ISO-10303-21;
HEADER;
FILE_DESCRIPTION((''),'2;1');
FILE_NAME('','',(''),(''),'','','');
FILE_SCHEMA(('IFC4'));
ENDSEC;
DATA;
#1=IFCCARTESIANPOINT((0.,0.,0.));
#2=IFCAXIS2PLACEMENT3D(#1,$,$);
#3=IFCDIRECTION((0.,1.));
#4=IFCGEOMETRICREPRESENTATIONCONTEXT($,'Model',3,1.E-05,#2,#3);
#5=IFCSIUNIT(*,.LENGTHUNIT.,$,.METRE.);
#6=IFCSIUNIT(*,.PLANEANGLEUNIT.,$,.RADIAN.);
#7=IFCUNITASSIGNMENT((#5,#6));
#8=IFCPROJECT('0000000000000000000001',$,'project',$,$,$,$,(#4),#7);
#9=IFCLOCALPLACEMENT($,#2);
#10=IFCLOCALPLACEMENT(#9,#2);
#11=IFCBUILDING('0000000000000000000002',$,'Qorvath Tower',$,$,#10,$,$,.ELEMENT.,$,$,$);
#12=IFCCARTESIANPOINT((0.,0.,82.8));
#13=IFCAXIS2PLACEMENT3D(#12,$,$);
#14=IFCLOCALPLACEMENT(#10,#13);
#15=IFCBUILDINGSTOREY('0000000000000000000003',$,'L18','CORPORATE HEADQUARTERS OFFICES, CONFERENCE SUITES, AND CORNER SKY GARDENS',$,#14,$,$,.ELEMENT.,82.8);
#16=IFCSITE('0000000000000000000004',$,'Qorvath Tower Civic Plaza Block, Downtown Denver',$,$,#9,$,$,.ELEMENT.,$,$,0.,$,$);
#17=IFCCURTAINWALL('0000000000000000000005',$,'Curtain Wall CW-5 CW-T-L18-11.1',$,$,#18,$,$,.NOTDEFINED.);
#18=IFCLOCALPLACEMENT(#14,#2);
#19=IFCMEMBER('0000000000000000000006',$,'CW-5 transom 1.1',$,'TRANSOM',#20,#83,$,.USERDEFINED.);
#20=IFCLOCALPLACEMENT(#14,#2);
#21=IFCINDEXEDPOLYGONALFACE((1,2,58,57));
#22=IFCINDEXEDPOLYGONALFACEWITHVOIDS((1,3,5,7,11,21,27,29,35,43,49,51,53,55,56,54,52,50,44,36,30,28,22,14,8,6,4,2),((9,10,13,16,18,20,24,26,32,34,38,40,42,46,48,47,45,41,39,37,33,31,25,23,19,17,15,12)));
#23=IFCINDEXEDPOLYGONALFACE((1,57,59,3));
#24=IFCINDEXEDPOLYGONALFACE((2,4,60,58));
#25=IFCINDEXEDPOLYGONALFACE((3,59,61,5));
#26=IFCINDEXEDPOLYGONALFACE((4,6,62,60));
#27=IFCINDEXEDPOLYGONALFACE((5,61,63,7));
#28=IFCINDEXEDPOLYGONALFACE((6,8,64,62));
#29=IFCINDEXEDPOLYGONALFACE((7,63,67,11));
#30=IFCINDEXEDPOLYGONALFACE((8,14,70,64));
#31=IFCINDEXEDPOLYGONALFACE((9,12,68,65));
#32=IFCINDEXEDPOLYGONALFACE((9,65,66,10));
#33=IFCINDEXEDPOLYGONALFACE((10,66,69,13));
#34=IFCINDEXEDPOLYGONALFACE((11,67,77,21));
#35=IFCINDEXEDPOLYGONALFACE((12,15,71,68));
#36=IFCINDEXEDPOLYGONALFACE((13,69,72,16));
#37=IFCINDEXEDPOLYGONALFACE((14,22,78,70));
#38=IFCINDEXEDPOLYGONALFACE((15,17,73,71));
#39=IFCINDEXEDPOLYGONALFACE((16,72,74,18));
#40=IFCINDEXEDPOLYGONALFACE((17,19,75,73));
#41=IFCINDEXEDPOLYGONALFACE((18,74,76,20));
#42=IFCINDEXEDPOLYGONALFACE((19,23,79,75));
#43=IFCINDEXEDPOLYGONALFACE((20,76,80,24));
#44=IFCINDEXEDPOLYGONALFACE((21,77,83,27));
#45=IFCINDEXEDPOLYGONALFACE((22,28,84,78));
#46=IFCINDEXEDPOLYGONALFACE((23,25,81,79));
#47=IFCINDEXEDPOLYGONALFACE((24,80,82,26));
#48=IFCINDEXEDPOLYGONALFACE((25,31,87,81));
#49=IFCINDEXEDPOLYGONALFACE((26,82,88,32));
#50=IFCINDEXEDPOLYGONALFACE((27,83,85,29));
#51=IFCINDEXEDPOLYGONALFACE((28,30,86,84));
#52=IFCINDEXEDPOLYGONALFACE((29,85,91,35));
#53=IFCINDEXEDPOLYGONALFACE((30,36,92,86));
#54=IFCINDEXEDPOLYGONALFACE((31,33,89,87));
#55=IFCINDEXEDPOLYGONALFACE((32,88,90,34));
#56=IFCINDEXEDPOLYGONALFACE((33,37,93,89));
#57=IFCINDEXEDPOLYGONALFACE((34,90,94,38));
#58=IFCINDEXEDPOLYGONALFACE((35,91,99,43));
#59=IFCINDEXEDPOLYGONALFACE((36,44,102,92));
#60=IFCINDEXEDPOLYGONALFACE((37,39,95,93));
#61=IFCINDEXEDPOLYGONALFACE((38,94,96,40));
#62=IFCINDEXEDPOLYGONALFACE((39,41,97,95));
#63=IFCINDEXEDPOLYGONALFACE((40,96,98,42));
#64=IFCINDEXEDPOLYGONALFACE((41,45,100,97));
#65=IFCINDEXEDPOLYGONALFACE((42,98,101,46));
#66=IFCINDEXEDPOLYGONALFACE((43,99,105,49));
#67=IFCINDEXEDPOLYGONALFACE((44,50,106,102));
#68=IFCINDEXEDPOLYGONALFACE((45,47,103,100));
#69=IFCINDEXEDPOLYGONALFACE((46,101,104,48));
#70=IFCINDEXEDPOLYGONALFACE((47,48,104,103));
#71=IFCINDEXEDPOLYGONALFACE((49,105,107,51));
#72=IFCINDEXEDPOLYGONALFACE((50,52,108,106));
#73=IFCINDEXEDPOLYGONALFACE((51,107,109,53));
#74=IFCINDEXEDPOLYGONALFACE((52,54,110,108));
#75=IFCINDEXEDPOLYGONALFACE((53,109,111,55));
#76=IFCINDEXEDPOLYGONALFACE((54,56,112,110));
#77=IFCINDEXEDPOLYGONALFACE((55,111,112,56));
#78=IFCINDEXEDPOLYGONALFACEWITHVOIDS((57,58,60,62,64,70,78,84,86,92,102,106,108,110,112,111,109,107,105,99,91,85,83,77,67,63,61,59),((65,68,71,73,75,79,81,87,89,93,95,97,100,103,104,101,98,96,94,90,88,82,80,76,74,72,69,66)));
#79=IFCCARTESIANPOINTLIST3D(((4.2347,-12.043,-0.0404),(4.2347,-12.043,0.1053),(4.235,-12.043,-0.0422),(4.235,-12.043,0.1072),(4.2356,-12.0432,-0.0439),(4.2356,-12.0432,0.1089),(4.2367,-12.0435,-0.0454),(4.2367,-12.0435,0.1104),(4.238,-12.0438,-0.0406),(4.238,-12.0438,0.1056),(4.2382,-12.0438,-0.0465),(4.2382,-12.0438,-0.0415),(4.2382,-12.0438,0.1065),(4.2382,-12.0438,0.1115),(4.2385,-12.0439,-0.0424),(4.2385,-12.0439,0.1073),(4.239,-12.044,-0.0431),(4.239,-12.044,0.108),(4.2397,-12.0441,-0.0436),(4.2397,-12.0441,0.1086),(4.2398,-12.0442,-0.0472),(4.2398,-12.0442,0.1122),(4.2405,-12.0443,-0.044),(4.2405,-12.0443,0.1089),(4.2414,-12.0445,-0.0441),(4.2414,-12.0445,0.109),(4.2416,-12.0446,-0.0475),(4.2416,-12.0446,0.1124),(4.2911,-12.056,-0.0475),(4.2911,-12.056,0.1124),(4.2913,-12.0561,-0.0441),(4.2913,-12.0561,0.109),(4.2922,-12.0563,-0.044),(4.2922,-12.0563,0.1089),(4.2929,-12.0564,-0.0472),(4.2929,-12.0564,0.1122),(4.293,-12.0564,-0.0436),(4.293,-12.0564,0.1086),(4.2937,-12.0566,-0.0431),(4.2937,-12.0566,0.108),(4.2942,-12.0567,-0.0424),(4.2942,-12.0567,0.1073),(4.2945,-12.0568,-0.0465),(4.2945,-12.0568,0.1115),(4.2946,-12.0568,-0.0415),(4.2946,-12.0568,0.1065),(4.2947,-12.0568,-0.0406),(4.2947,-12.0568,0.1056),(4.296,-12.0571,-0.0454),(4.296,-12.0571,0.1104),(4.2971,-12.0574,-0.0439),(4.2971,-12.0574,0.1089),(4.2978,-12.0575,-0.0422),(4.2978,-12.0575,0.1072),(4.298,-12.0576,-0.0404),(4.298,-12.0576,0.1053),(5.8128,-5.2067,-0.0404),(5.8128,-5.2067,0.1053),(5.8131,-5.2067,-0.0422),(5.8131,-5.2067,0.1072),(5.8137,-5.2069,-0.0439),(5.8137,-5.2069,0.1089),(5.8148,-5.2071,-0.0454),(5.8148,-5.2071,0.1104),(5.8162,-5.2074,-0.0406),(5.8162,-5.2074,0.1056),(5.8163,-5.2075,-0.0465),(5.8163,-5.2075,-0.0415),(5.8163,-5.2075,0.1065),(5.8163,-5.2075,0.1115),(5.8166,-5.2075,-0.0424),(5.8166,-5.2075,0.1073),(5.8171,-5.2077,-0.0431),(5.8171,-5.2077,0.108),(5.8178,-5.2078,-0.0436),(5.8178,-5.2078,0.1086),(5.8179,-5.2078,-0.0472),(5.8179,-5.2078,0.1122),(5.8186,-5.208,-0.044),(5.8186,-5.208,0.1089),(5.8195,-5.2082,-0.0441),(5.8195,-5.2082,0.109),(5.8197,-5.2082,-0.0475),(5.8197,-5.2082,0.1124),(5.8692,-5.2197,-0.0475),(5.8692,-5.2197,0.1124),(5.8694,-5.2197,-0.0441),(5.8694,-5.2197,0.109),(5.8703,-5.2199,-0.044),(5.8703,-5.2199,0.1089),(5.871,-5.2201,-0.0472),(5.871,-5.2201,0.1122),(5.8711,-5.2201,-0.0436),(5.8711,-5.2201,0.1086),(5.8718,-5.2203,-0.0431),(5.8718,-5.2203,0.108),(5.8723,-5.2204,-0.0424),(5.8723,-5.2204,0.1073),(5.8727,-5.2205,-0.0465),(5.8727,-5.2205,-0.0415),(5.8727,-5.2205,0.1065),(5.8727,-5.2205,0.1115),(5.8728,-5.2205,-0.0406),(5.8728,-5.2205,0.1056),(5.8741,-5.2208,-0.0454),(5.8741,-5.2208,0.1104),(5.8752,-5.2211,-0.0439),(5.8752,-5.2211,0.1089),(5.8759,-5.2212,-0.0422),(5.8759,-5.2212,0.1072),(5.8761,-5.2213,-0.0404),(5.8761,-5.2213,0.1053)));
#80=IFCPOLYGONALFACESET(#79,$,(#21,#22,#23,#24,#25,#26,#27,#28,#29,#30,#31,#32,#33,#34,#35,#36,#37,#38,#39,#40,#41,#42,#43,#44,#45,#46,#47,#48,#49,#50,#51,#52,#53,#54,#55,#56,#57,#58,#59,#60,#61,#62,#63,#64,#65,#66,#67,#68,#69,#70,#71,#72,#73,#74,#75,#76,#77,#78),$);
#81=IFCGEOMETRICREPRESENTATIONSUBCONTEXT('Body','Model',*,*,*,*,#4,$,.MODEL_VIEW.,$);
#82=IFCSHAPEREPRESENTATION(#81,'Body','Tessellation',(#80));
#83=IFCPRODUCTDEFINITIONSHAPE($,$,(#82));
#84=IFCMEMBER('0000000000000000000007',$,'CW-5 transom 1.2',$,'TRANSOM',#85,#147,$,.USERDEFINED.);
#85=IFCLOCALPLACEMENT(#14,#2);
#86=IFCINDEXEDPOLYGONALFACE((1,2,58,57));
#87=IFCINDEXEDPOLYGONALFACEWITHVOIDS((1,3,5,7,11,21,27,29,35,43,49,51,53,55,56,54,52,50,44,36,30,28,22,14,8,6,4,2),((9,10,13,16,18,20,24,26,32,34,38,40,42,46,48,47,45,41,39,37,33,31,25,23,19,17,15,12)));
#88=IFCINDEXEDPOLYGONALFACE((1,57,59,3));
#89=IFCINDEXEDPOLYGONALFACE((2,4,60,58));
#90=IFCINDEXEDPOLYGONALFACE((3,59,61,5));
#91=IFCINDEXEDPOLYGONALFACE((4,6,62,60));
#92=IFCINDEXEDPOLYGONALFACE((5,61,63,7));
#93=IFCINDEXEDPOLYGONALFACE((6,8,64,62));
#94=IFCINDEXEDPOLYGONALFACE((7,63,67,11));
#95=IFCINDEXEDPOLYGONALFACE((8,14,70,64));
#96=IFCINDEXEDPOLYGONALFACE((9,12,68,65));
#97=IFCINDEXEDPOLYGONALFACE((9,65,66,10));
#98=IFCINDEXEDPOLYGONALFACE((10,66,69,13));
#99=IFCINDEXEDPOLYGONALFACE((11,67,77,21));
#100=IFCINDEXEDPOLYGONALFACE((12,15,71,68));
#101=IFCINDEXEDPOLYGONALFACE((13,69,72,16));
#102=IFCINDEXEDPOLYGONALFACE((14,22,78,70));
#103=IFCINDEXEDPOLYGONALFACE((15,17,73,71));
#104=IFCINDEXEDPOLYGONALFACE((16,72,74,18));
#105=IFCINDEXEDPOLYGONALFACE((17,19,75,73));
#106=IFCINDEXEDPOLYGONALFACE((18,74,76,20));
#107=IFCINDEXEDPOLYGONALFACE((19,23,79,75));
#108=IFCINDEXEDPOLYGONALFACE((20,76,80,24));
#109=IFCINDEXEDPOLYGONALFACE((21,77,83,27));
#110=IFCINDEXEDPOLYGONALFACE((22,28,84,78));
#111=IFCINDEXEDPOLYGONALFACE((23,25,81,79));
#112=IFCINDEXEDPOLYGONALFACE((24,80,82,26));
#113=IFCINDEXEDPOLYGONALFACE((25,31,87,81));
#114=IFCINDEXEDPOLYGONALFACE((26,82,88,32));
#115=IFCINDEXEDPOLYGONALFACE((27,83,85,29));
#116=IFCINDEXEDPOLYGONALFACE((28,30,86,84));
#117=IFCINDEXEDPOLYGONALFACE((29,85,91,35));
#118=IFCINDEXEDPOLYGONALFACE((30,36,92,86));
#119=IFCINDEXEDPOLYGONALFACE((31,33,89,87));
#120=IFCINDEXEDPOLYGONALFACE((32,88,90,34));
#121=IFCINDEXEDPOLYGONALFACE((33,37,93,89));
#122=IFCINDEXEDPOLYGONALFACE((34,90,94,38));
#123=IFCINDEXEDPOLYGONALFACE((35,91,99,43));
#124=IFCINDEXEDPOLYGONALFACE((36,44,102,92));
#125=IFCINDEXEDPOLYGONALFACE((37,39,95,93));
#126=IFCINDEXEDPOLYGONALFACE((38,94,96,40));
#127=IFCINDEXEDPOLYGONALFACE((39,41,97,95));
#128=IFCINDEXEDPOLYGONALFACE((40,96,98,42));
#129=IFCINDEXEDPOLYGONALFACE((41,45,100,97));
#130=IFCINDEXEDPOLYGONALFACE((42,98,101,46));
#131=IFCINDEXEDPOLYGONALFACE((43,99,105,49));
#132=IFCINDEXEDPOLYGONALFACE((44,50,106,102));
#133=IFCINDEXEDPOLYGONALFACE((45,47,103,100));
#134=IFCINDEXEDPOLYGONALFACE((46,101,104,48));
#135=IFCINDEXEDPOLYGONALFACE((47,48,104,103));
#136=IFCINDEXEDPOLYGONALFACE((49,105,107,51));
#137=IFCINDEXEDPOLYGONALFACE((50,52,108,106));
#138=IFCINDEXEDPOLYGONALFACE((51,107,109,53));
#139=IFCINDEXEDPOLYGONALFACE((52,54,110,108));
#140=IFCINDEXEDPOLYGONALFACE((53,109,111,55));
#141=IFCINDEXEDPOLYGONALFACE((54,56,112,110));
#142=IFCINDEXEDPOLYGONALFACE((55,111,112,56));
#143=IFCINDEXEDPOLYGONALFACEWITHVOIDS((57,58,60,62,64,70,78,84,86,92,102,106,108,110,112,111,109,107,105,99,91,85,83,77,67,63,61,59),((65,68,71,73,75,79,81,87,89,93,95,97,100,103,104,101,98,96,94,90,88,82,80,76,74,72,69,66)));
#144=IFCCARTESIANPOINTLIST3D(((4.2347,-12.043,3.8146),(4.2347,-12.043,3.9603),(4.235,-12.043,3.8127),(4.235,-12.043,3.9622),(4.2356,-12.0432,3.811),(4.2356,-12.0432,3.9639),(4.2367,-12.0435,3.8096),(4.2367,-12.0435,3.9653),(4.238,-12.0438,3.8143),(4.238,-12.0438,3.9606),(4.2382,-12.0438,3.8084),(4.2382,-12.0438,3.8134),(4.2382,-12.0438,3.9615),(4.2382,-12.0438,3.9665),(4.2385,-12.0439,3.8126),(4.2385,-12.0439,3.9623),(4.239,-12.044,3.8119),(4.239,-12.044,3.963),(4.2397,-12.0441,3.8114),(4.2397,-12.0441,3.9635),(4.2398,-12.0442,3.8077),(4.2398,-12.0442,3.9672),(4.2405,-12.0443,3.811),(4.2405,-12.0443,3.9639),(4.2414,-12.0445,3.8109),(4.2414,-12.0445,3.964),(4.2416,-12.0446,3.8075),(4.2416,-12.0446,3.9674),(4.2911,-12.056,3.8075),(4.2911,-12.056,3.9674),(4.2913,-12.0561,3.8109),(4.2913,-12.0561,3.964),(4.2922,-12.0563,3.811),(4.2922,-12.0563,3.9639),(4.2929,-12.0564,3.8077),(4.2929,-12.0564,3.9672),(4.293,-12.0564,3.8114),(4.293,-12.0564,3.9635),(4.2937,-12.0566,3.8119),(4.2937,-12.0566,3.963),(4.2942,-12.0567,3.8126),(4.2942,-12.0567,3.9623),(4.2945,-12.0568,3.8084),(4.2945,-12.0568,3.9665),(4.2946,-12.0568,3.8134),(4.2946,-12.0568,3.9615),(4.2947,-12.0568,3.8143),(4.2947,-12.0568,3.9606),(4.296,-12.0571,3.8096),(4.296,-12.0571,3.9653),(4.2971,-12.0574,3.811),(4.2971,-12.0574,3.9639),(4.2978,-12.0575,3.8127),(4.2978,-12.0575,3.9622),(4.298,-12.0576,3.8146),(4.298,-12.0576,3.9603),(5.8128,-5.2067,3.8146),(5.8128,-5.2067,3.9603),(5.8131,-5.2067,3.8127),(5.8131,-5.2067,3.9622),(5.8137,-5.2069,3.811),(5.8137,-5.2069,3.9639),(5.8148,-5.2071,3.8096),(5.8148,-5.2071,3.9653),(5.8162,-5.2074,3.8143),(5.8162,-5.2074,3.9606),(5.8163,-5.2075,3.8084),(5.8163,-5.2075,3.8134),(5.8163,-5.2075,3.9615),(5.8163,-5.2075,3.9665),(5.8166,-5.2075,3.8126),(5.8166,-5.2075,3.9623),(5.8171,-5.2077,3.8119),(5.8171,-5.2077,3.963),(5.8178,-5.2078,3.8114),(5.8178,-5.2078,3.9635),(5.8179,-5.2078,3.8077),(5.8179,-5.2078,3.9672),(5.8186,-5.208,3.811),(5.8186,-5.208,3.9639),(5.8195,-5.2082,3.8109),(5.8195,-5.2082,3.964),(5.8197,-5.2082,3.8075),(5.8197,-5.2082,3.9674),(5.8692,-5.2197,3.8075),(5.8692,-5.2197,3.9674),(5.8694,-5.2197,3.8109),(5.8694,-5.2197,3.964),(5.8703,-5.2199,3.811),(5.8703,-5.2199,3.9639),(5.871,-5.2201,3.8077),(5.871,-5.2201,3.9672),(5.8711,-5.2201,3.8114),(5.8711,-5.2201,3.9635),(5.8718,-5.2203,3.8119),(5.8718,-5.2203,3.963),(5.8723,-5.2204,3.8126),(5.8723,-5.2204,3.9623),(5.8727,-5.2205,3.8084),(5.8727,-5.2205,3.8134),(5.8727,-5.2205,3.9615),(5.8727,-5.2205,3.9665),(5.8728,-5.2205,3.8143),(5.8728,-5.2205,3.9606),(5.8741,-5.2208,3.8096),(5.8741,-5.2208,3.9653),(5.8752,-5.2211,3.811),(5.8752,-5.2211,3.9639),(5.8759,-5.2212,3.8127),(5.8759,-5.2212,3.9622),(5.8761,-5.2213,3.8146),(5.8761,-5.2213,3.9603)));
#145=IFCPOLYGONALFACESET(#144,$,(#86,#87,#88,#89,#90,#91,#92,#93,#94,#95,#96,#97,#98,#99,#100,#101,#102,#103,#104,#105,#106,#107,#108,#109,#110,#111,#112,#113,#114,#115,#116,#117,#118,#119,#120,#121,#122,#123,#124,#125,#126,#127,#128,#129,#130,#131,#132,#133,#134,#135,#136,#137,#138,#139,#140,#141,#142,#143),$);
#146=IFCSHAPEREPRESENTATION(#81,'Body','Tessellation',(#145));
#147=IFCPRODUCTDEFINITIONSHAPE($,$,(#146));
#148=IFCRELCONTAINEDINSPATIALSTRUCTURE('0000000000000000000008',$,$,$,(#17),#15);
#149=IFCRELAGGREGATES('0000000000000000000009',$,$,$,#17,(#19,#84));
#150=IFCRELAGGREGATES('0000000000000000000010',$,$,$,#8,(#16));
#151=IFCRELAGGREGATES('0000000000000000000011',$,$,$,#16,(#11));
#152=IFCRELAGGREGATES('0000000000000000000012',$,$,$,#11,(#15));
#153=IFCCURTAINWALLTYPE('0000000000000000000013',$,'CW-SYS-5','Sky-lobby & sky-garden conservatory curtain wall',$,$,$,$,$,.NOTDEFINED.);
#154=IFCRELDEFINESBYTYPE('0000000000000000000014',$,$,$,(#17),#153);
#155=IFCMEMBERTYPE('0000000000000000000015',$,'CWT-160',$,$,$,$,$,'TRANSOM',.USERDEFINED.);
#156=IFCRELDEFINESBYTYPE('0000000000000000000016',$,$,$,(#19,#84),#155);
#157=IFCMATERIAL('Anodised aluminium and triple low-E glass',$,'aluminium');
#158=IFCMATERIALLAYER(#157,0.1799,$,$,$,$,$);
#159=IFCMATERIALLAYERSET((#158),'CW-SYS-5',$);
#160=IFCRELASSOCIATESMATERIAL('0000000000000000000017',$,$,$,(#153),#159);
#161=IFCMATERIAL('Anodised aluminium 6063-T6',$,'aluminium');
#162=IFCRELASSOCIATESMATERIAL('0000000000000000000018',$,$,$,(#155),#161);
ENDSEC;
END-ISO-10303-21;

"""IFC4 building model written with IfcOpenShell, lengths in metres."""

from ifc_helpers import new_model, si_unit, direction, frame, origin, origin_2d, place, context, subcontext, project, spatial, hollow_rectangle, extrude, material, layer, layer_set, material_profile, profile_set, type_object, element, aggregate, save


model = new_model("IFC4")

# Units and contexts
model_context = context("Model", 3, precision=1e-05, world=origin(), true_north=direction((0.0, 1.0)))
body_context = subcontext(model_context, "Body", "Model", "MODEL_VIEW")
ifc_project = project(units=[si_unit("LENGTHUNIT", "METRE"), si_unit("PLANEANGLEUNIT", "RADIAN")], contexts=[model_context])

# Site, building, storey
site_placement = place(None, origin())
site = spatial("IfcSite", under=ifc_project, at=site_placement, Name="Qorvath Tower Civic Plaza Block, Downtown Denver", CompositionType="ELEMENT", RefElevation=0.0)
building_placement = place(site_placement, origin())
building = spatial("IfcBuilding", under=site, at=building_placement, Name="Qorvath Tower", CompositionType="ELEMENT")
storey_placement = place(building_placement, frame((0.0, 0.0, 82.8)))
storey = spatial("IfcBuildingStorey", under=building, at=storey_placement, Name="L18", Description="CORPORATE HEADQUARTERS OFFICES, CONFERENCE SUITES, AND CORNER SKY GARDENS", CompositionType="ELEMENT", Elevation=82.8)

# Shared definitions
ifc_material_1 = material(Name="Anodised aluminium and triple low-E glass", Category="aluminium")
ifc_layer_1 = layer(ifc_material_1, 0.1799)
ifc_layer_set_1 = layer_set([ifc_layer_1], Name="CW-SYS-5")
curtain_wall_type = type_object("IfcCurtainWallType", Name="CW-SYS-5", Description="Sky-lobby & sky-garden conservatory curtain wall", PredefinedType="NOTDEFINED", material=ifc_layer_set_1)

# Curtain wall
curtain_wall_1_placement = place(storey_placement, origin())
curtain_wall_1 = element("IfcCurtainWall", 1, at=curtain_wall_1_placement, inside=storey, type_object=curtain_wall_type, Name="Curtain Wall CW-5 CW-T-L18-11.1", PredefinedType="NOTDEFINED")

# Members
ifc_material_2 = material(Name="Anodised aluminium 6063-T6", Category="aluminium")
ifc_material_profile_1 = material_profile(ifc_material_2, hollow_rectangle(XDim=0.0649, YDim=0.1599, WallThickness=0.0034, InnerFilletRadius=0.0034, OuterFilletRadius=0.0071, at=origin_2d()), Name="CWT 160x65")
ifc_profile_set_1 = profile_set([ifc_material_profile_1], Name="Anodised aluminium 6063-T6")
member_type_1 = type_object("IfcMemberType", Name="CWT-160", ElementType="TRANSOM", PredefinedType="USERDEFINED", material=ifc_profile_set_1)
member_1_placement = place(storey_placement, frame((4.2664, -12.0503, 0.0325), z_axis=(0.224926, 0.974376, 0.0), x_axis=(-0.974376, 0.224926, 0.0)))
member_1 = element("IfcMember", 2, at=member_1_placement, type_object=member_type_1, Name="CW-5 transom 1.1", ObjectType="TRANSOM", PredefinedType="USERDEFINED", context=body_context, shape_type="SweptSolid", body=[
    extrude(hollow_rectangle(XDim=0.0649, YDim=0.1599, WallThickness=0.0034, InnerFilletRadius=0.0034, OuterFilletRadius=0.0071, at=origin_2d()), origin(), (0.0, 0.0, 1.0), 7.0161),
])
member_2_placement = place(storey_placement, frame((4.2664, -12.0503, 3.8875), z_axis=(0.224926, 0.974376, 0.0), x_axis=(-0.974376, 0.224926, 0.0)))
member_2 = element("IfcMember", 3, at=member_2_placement, type_object=member_type_1, Name="CW-5 transom 1.2", ObjectType="TRANSOM", PredefinedType="USERDEFINED", context=body_context, shape_type="SweptSolid", body=[
    extrude(hollow_rectangle(XDim=0.0649, YDim=0.1599, WallThickness=0.0034, InnerFilletRadius=0.0034, OuterFilletRadius=0.0071, at=origin_2d()), origin(), (0.0, 0.0, 1.0), 7.0161),
])

aggregate(curtain_wall_1, [member_1, member_2])

save(model, "model.ifc")
